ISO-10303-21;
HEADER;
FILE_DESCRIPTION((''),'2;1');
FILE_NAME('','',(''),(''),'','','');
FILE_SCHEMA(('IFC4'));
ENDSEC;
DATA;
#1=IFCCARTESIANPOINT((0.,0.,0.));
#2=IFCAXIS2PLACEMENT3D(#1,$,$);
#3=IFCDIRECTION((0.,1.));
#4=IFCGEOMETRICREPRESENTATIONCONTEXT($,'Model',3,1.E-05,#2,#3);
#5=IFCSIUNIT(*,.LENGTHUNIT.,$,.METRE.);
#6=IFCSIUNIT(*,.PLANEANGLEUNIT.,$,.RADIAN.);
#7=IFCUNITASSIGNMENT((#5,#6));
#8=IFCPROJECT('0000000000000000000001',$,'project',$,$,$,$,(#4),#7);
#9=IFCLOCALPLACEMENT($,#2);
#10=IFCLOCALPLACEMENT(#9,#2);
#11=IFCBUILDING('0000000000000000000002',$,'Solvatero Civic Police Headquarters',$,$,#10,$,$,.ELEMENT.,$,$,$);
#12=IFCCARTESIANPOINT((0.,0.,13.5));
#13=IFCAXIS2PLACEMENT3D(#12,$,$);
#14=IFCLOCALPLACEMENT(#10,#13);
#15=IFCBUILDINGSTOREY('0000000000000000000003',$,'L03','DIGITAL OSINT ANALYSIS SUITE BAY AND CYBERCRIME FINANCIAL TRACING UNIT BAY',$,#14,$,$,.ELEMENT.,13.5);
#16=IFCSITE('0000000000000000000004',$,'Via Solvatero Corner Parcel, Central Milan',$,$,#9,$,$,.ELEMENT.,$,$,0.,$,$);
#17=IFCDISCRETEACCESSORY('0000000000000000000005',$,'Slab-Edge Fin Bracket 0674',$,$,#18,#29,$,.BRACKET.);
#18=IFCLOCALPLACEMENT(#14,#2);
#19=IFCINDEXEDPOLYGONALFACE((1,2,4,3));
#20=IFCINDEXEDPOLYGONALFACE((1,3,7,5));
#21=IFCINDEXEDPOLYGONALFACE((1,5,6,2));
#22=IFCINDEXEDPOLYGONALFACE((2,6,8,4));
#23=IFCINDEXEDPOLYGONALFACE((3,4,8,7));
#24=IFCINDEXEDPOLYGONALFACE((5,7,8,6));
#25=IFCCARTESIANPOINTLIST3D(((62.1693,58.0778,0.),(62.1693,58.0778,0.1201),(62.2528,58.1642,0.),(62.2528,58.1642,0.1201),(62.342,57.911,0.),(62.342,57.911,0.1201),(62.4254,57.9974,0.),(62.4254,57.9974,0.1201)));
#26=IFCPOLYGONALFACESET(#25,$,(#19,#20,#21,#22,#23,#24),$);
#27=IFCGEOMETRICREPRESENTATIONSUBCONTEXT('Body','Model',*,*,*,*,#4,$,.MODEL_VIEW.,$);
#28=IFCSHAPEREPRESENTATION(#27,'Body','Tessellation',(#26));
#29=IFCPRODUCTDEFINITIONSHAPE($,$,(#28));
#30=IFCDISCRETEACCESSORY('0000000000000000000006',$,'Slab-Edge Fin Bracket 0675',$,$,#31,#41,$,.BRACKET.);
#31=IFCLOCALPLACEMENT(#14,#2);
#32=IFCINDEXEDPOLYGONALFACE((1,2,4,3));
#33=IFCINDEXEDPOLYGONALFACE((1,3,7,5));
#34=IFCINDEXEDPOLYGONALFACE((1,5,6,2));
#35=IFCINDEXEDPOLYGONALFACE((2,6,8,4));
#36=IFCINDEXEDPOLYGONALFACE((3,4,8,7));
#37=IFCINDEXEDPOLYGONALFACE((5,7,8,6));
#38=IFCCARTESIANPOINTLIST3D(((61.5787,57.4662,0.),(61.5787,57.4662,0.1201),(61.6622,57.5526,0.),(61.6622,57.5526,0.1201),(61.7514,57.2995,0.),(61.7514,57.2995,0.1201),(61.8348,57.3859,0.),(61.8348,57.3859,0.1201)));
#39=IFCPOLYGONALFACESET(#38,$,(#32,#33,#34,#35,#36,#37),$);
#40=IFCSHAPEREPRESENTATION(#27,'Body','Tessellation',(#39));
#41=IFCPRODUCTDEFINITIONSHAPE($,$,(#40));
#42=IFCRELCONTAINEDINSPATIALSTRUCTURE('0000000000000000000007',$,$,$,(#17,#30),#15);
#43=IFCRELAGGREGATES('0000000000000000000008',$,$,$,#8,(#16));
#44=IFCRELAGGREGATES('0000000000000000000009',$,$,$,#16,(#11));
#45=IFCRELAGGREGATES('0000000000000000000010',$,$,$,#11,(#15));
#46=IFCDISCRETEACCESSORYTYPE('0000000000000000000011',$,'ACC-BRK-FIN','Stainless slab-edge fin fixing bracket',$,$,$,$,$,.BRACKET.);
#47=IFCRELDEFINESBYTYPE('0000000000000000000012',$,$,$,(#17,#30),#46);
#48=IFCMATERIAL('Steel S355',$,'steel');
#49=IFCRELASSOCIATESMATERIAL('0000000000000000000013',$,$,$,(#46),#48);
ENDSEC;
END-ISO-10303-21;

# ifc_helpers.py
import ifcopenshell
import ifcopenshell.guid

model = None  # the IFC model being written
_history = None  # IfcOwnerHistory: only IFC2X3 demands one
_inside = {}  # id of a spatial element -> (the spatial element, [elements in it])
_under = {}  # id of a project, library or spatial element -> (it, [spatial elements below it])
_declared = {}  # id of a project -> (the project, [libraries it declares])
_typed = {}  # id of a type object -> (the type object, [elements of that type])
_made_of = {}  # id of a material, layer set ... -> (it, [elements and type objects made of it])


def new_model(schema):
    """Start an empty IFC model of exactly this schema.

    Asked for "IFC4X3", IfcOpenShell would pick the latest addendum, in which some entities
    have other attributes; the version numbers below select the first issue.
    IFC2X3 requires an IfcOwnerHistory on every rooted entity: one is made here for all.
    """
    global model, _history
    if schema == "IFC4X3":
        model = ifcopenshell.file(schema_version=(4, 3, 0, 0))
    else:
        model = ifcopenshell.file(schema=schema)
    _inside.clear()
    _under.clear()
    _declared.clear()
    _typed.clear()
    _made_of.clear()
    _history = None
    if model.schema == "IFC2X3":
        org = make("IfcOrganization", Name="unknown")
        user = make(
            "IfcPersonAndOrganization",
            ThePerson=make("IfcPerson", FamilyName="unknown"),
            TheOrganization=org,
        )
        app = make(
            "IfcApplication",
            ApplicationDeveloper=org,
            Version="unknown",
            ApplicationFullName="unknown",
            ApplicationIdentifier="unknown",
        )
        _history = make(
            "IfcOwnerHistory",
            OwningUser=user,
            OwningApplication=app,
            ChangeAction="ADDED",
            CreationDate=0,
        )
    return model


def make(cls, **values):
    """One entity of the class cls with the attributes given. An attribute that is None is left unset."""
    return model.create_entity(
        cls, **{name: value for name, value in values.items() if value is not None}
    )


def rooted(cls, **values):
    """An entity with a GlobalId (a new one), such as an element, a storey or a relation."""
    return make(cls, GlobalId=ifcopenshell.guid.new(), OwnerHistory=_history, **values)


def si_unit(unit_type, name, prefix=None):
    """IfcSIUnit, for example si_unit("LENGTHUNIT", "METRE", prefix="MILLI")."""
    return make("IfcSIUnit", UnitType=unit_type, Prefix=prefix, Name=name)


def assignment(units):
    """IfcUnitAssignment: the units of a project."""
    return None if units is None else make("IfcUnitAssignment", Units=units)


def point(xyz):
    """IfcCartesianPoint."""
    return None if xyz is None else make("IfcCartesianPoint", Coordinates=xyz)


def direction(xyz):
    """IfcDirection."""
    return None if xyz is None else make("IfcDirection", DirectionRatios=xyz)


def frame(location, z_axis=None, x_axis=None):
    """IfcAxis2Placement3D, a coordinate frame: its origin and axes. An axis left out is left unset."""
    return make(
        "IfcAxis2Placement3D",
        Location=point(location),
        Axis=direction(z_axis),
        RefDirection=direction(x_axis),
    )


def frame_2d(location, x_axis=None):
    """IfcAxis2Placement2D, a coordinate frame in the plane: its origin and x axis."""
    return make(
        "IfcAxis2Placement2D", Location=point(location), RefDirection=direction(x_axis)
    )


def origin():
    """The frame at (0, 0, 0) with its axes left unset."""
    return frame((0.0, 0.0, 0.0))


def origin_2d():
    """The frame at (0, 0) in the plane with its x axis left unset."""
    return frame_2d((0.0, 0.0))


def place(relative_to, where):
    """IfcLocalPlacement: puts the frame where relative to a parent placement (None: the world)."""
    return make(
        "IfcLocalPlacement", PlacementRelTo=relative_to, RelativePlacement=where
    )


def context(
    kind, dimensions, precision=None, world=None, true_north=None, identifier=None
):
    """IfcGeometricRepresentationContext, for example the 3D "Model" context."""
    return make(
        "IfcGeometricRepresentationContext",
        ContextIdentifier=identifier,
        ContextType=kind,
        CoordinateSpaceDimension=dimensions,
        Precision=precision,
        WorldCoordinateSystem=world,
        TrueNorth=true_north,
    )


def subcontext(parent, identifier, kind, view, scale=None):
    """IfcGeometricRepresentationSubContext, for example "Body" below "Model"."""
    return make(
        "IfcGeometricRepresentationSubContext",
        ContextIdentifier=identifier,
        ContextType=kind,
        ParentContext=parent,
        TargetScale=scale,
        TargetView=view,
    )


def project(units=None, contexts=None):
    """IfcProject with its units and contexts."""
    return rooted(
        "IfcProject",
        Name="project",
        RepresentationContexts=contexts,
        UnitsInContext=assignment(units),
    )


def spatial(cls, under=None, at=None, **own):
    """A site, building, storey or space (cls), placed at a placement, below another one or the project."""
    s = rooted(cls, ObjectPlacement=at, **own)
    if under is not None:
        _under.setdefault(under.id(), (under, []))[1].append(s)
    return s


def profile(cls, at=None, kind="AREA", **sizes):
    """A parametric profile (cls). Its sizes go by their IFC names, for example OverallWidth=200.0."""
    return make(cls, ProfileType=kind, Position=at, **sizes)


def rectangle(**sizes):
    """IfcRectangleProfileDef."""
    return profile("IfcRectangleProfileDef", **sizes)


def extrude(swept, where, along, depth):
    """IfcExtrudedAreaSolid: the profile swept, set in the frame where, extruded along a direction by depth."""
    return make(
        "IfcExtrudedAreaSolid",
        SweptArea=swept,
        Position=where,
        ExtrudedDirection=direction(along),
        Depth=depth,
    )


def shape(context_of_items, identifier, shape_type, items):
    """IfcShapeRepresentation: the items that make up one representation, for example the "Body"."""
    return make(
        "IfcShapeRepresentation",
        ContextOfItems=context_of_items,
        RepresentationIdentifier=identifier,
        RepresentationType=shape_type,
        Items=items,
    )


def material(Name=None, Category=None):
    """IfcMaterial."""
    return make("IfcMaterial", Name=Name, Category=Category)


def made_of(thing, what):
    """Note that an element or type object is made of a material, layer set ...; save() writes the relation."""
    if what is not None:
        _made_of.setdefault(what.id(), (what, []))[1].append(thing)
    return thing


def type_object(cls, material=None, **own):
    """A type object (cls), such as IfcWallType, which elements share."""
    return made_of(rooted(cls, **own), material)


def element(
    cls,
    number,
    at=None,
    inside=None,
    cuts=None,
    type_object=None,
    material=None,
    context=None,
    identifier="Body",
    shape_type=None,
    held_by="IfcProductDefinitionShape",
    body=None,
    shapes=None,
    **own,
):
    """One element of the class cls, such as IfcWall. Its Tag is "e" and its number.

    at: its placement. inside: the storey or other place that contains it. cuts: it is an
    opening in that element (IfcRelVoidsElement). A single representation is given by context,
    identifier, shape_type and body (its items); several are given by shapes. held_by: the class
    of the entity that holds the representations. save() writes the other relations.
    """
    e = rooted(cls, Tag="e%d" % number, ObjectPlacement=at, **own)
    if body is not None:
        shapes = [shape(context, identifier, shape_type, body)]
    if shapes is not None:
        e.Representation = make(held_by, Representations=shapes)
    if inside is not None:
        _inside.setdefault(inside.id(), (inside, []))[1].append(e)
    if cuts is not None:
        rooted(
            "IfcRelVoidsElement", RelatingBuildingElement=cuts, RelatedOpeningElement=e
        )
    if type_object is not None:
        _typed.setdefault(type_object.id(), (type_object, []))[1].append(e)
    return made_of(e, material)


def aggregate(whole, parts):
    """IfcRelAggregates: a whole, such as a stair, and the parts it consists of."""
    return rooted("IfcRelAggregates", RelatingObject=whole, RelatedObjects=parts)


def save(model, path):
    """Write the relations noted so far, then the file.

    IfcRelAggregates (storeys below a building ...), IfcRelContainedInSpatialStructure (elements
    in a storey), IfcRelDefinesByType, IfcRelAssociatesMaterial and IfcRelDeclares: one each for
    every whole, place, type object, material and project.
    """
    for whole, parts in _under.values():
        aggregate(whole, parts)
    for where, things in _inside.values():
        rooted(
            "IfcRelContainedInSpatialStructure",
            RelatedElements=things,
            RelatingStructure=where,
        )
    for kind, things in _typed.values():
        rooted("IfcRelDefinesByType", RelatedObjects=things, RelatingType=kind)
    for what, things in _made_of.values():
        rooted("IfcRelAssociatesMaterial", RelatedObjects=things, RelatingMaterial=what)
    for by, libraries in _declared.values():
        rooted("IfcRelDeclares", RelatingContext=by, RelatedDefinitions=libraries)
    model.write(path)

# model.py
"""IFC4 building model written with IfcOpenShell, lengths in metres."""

from ifc_helpers import new_model, si_unit, direction, frame, origin, origin_2d, place, context, subcontext, project, spatial, rectangle, extrude, material, type_object, element, save


model = new_model("IFC4")

# Units and contexts
model_context = context("Model", 3, precision=1e-05, world=origin(), true_north=direction((0.0, 1.0)))
body_context = subcontext(model_context, "Body", "Model", "MODEL_VIEW")
ifc_project = project(units=[si_unit("LENGTHUNIT", "METRE"), si_unit("PLANEANGLEUNIT", "RADIAN")], contexts=[model_context])

# Site, building, storey
site_placement = place(None, origin())
site = spatial("IfcSite", under=ifc_project, at=site_placement, Name="Via Solvatero Corner Parcel, Central Milan", CompositionType="ELEMENT", RefElevation=0.0)
building_placement = place(site_placement, origin())
building = spatial("IfcBuilding", under=site, at=building_placement, Name="Solvatero Civic Police Headquarters", CompositionType="ELEMENT")
storey_placement = place(building_placement, frame((0.0, 0.0, 13.5)))
storey = spatial("IfcBuildingStorey", under=building, at=storey_placement, Name="L03", Description="DIGITAL OSINT ANALYSIS SUITE BAY AND CYBERCRIME FINANCIAL TRACING UNIT BAY", CompositionType="ELEMENT", Elevation=13.5)

# Shared definitions
ifc_material_1 = material(Name="Steel S355", Category="steel")

# Discrete accessories
discrete_accessory_type = type_object("IfcDiscreteAccessoryType", Name="ACC-BRK-FIN", Description="Stainless slab-edge fin fixing bracket", PredefinedType="BRACKET", material=ifc_material_1)
for number, where, z_axis, x_axis, name in (
    (1, (62.2974, 58.0376, 0.0), (0.0, 0.0, 1.0), (-0.694658, -0.71934, 0.0), "Slab-Edge Fin Bracket 0674"),
    (2, (61.7068, 57.426, 0.0), (0.0, 0.0, 1.0), (-0.694658, -0.71934, 0.0), "Slab-Edge Fin Bracket 0675"),
):
    element("IfcDiscreteAccessory", number, at=place(storey_placement, frame(where, z_axis=z_axis, x_axis=x_axis)), inside=storey, type_object=discrete_accessory_type, Name=name, PredefinedType="BRACKET", context=body_context, shape_type="SweptSolid", body=[
        extrude(rectangle(XDim=0.1201, YDim=0.24, at=origin_2d()), origin(), (0.0, 0.0, 1.0), 0.1201),
    ])

save(model, "model.ifc")
